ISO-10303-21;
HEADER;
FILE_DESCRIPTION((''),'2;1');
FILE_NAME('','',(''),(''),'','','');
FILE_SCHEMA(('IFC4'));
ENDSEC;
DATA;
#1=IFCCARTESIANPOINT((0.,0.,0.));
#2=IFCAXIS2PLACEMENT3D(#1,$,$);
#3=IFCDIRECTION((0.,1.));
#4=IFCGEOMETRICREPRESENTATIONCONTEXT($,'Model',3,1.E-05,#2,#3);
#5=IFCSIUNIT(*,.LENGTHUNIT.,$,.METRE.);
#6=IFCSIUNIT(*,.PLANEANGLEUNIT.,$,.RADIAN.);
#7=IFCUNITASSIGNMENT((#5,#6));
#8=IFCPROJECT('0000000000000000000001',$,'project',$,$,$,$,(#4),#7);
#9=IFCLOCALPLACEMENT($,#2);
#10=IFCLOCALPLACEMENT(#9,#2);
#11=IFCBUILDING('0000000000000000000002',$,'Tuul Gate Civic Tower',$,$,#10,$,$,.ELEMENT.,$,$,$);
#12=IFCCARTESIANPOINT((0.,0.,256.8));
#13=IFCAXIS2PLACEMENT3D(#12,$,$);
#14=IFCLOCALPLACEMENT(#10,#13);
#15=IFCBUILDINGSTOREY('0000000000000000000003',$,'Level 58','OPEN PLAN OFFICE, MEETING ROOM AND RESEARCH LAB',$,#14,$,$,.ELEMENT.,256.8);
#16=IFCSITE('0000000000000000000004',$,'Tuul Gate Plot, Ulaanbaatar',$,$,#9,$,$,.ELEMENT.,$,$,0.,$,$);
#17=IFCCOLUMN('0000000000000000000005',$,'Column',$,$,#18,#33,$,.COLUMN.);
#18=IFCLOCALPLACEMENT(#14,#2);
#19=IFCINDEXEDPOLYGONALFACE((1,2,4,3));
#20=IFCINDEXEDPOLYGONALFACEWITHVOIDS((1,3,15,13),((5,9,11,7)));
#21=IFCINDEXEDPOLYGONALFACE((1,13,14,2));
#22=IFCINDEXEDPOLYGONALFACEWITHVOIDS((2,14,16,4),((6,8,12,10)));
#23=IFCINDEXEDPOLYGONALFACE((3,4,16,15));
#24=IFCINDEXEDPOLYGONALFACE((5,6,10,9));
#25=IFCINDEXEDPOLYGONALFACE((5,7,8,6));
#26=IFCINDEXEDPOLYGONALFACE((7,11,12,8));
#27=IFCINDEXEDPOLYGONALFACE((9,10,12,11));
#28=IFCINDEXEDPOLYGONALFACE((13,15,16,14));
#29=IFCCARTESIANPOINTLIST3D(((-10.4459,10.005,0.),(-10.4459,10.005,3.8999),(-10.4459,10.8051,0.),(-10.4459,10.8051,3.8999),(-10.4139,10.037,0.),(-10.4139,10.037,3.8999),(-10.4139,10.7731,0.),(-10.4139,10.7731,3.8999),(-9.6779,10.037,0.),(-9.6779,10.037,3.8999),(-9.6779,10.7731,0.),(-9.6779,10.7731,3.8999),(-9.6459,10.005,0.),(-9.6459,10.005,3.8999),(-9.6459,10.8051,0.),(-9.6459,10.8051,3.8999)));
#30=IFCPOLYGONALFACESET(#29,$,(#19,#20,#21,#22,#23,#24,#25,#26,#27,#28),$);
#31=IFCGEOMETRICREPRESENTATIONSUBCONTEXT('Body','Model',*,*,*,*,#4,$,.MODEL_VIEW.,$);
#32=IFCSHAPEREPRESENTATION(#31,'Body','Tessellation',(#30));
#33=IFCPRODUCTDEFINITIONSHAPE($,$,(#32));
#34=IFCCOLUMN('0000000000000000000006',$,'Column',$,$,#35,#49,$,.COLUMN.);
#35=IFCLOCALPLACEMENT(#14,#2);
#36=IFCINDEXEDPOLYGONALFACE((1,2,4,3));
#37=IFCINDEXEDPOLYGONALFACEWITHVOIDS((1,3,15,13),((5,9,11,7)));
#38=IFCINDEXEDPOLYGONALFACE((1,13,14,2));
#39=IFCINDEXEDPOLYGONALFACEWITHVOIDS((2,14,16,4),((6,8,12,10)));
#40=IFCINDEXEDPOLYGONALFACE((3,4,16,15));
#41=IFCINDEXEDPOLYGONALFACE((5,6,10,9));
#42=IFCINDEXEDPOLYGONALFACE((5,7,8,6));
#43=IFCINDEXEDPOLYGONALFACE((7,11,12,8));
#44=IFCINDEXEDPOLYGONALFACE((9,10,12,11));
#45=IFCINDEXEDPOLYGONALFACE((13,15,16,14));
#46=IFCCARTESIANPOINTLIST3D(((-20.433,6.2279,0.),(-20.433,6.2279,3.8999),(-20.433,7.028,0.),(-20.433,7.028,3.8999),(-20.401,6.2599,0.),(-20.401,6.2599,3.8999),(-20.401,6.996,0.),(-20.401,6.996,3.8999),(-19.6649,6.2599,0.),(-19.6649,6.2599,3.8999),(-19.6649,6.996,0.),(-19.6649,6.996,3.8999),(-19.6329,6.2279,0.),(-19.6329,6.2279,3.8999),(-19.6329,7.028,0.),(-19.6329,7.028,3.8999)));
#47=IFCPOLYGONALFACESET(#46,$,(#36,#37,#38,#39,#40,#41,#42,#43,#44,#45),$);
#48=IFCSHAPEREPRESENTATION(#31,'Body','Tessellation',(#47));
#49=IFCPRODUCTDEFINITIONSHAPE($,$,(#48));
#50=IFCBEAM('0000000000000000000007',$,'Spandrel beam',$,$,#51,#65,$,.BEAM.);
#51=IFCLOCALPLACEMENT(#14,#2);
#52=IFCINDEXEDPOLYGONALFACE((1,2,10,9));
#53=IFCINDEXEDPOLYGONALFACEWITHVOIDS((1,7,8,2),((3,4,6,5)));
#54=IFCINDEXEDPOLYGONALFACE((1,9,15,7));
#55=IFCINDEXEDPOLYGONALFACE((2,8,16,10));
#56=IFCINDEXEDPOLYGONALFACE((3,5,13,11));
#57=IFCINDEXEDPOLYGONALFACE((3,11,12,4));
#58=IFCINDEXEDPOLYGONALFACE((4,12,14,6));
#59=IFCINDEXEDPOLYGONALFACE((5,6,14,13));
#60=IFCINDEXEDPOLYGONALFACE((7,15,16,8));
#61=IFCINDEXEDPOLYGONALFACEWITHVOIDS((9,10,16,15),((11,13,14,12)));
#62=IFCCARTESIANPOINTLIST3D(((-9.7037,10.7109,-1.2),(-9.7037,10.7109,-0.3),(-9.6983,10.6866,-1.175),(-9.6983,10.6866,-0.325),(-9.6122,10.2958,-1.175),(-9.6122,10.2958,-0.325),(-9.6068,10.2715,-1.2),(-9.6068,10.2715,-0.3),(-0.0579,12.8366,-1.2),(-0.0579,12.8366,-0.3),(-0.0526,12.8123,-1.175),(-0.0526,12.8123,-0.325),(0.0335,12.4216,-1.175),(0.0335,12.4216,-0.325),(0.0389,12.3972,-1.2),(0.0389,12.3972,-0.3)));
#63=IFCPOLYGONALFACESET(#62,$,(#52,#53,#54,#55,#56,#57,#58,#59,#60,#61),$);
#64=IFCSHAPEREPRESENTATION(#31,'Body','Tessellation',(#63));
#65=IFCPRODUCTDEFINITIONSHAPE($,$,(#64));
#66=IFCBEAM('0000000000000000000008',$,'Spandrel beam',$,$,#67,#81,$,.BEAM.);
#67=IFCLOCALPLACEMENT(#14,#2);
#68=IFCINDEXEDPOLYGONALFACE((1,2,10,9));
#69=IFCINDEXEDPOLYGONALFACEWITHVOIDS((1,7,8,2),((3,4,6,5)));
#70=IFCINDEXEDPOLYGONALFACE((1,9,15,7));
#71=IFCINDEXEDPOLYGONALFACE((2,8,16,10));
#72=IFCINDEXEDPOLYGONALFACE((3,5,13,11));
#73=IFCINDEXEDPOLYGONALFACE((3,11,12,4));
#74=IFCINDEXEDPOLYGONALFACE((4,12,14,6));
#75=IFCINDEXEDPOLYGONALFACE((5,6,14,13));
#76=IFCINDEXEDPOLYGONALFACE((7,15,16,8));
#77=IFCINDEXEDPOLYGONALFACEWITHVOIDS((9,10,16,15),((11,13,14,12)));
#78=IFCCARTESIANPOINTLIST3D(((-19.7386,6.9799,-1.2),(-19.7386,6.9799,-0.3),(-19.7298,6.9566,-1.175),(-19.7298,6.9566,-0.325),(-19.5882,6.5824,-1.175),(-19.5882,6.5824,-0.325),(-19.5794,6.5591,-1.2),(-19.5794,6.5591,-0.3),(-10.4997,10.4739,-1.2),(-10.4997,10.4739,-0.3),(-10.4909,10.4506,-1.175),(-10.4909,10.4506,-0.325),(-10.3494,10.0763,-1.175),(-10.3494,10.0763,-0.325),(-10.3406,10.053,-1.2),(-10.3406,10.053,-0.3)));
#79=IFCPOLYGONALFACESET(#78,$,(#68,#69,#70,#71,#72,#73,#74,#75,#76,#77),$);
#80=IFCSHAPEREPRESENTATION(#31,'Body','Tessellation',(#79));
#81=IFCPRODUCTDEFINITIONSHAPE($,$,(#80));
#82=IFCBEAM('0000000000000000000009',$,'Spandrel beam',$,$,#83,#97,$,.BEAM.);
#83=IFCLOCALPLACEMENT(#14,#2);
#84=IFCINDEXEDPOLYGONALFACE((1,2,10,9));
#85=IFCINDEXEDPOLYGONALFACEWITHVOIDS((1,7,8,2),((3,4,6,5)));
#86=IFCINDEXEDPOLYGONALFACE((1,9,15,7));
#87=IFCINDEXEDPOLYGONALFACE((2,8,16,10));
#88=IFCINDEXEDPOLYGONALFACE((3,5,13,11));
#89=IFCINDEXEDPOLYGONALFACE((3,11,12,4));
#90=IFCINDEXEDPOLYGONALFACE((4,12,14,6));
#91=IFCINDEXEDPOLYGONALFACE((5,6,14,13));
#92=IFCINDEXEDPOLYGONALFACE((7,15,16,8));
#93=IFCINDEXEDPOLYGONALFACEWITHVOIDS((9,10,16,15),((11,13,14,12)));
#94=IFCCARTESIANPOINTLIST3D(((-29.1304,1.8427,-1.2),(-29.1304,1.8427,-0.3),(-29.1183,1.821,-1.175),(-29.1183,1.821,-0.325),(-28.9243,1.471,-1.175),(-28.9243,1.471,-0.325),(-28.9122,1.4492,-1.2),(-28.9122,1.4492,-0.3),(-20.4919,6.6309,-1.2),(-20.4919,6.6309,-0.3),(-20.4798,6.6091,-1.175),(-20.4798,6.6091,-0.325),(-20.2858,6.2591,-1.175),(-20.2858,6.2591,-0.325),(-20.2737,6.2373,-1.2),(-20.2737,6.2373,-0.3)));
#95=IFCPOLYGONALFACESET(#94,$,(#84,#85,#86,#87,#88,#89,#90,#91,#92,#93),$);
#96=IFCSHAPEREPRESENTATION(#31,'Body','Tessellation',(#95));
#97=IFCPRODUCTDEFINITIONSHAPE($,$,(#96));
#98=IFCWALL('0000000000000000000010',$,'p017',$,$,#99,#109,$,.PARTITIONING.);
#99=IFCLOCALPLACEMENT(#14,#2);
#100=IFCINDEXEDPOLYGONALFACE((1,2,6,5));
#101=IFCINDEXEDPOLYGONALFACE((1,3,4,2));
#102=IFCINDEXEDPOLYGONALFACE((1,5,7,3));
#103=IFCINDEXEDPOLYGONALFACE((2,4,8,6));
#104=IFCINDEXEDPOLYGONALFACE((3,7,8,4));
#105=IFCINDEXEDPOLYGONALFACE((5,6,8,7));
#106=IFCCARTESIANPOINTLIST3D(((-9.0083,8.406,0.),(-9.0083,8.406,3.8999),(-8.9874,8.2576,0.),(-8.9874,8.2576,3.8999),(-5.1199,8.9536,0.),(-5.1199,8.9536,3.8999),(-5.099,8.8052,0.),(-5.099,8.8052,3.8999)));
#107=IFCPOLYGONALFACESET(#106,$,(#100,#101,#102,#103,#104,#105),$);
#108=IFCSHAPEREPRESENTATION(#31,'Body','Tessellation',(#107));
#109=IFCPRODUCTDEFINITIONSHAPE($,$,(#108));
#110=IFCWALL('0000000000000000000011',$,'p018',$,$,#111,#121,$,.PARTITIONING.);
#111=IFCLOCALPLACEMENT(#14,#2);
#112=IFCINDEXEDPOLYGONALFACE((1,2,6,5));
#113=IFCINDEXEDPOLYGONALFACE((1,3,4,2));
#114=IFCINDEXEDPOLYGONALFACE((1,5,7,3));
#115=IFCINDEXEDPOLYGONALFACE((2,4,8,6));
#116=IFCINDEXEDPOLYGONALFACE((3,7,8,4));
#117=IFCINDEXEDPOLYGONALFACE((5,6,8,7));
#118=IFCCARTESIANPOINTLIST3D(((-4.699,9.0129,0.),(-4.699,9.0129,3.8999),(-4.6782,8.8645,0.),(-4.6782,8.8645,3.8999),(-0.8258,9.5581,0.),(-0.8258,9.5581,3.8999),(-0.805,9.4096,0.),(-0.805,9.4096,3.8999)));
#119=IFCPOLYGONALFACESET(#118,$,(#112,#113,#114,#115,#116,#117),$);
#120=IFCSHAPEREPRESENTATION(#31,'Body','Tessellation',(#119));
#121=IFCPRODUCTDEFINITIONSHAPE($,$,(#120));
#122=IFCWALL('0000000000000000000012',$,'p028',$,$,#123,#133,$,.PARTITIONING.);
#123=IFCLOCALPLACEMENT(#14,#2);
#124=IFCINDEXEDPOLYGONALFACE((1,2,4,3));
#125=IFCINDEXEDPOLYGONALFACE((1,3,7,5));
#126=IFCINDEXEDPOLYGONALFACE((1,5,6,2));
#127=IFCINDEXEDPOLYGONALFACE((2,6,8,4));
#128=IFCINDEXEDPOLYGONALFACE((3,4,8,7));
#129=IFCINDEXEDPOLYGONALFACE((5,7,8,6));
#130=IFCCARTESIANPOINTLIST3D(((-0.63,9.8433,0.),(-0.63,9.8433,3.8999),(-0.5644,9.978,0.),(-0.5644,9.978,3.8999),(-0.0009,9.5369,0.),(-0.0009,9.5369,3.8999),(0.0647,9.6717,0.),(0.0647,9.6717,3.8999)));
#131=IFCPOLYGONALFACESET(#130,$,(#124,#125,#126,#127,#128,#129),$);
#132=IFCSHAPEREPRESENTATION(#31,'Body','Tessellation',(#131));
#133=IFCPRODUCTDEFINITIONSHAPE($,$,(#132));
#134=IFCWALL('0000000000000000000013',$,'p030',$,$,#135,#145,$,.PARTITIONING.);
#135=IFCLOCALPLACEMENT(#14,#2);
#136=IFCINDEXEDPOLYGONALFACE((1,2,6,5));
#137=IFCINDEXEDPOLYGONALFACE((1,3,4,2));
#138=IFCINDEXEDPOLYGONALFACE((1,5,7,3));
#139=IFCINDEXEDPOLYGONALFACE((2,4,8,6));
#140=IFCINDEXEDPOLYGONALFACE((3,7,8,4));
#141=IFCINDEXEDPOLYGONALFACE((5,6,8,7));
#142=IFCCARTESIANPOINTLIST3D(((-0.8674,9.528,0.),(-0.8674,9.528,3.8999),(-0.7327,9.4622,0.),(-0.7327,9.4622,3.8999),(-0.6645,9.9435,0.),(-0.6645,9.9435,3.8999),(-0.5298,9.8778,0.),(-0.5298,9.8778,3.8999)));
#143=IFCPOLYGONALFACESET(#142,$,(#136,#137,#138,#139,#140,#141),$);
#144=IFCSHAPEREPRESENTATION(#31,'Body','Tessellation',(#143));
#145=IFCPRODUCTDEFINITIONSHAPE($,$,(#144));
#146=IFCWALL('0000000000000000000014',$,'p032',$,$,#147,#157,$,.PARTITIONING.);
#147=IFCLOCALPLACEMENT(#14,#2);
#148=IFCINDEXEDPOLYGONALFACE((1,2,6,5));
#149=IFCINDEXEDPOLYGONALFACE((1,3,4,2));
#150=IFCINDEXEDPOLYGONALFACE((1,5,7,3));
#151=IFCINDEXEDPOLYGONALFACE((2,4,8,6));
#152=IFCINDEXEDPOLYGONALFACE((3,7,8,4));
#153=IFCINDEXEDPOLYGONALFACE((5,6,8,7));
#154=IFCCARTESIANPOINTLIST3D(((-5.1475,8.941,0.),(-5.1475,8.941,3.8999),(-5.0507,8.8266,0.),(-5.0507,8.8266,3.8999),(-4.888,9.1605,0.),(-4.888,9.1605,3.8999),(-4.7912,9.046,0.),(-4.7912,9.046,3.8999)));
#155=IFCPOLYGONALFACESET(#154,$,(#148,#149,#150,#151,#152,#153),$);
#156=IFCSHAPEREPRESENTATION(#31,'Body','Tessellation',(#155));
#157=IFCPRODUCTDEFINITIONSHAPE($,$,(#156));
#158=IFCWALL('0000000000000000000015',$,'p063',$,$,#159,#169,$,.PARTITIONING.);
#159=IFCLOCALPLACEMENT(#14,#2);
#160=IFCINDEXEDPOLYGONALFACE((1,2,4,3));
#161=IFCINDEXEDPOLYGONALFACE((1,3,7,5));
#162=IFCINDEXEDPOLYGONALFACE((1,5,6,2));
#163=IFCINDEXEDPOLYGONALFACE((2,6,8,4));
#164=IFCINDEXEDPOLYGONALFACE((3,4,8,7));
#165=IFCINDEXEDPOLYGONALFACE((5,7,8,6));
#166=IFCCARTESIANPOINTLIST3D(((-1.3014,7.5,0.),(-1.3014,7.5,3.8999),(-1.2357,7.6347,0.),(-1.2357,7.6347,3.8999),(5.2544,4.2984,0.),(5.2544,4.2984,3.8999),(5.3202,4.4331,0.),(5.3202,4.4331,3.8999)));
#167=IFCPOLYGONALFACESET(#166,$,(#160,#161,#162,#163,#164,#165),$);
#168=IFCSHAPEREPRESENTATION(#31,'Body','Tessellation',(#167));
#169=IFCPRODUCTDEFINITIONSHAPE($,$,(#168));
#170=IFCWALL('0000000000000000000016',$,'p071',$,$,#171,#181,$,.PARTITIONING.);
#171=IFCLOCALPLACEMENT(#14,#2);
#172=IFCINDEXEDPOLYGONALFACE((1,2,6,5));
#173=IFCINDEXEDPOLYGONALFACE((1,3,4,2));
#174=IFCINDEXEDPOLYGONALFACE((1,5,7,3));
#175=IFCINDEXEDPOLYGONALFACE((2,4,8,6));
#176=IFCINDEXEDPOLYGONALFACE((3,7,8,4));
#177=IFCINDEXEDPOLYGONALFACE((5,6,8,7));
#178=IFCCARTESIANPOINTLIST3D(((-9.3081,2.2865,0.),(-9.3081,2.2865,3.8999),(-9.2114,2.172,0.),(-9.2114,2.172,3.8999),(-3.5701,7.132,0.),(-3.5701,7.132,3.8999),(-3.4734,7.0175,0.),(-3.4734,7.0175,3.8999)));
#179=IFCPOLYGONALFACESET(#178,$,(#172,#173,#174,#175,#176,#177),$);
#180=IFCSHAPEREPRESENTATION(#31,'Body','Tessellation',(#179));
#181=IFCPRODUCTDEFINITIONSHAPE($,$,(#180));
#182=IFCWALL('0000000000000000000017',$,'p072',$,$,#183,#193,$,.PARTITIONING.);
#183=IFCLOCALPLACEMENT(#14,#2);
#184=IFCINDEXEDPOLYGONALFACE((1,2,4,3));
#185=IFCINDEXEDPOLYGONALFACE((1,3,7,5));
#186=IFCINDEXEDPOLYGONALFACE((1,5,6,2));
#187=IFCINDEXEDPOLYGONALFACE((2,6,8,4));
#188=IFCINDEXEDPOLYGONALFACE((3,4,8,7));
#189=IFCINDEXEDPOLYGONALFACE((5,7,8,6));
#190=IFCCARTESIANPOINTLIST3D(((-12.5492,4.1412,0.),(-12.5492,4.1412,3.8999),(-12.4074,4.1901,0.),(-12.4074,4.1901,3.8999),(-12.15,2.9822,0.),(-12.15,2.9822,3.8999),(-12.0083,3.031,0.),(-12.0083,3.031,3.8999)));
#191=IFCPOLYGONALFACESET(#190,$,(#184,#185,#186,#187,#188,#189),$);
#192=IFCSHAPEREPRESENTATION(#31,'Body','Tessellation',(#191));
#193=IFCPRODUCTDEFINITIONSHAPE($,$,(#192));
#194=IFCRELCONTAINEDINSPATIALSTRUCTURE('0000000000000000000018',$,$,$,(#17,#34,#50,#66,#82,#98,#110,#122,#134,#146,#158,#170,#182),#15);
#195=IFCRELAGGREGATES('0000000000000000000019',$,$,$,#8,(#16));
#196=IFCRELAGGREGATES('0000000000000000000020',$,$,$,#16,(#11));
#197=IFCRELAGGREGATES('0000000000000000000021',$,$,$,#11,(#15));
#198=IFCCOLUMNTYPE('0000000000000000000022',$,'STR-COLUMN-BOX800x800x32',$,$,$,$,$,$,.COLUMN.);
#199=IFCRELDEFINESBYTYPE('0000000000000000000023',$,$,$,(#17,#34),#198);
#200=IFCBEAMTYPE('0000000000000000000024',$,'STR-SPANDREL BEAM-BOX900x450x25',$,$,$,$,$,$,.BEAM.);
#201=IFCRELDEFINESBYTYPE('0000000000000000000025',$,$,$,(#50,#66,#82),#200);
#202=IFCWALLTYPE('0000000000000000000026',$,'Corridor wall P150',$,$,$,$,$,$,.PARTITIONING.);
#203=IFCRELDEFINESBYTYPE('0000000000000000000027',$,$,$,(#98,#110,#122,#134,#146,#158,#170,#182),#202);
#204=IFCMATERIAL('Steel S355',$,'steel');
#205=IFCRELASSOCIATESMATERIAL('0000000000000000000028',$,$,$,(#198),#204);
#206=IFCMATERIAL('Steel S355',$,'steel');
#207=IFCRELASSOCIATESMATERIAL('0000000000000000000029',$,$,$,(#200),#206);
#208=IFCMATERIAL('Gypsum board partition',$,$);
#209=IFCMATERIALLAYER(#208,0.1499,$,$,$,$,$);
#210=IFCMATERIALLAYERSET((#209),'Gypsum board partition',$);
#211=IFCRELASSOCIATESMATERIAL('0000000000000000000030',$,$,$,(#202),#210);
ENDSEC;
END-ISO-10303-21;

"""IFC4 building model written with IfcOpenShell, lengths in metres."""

from ifc_helpers import new_model, si_unit, direction, frame, frame_2d, origin, origin_2d, place, context, subcontext, project, spatial, rectangle, hollow_rectangle, extrude, material, layer, layer_set, material_profile, profile_set, type_object, element, save


model = new_model("IFC4")

# Units and contexts
model_context = context("Model", 3, precision=1e-05, world=origin(), true_north=direction((0.0, 1.0)))
body_context = subcontext(model_context, "Body", "Model", "MODEL_VIEW")
ifc_project = project(units=[si_unit("LENGTHUNIT", "METRE"), si_unit("PLANEANGLEUNIT", "RADIAN")], contexts=[model_context])

# Site, building, storey
site_placement = place(None, origin())
site = spatial("IfcSite", under=ifc_project, at=site_placement, Name="Tuul Gate Plot, Ulaanbaatar", CompositionType="ELEMENT", RefElevation=0.0)
building_placement = place(site_placement, origin())
building = spatial("IfcBuilding", under=site, at=building_placement, Name="Tuul Gate Civic Tower", CompositionType="ELEMENT")
storey_placement = place(building_placement, frame((0.0, 0.0, 256.8)))
storey = spatial("IfcBuildingStorey", under=building, at=storey_placement, Name="Level 58", Description="OPEN PLAN OFFICE, MEETING ROOM AND RESEARCH LAB", CompositionType="ELEMENT", Elevation=256.8)

# Columns
ifc_material_1 = material(Name="Steel S355", Category="steel")
ifc_material_profile_1 = material_profile(ifc_material_1, hollow_rectangle(XDim=0.8, YDim=0.8, WallThickness=0.032, at=origin_2d()), Name="BOX800x800x32")
ifc_profile_set_1 = profile_set([ifc_material_profile_1], Name="Steel S355")
column_type = type_object("IfcColumnType", Name="STR-COLUMN-BOX800x800x32", PredefinedType="COLUMN", material=ifc_profile_set_1)
for number, where, z_axis, x_axis, name in (
    (1, (-10.0459, 10.405, 0.0), (0.0, 0.0, 1.0), (1.0, 0.0, 0.0), "Column"),
    (2, (-20.033, 6.6279, 0.0), (0.0, 0.0, 1.0), (1.0, 0.0, 0.0), "Column"),
):
    element("IfcColumn", number, at=place(storey_placement, frame(where, z_axis=z_axis, x_axis=x_axis)), inside=storey, type_object=column_type, Name=name, PredefinedType="COLUMN", context=body_context, shape_type="SweptSolid", body=[
        extrude(hollow_rectangle(XDim=0.8, YDim=0.8, WallThickness=0.032, at=origin_2d()), origin(), (0.0, 0.0, 1.0), 3.8999),
    ])

# Beams
ifc_material_2 = material(Name="Steel S355", Category="steel")
ifc_material_profile_2 = material_profile(ifc_material_2, hollow_rectangle(XDim=0.45, YDim=0.8999, WallThickness=0.0249, at=origin_2d()), Name="BOX900x450x25")
ifc_profile_set_2 = profile_set([ifc_material_profile_2], Name="Steel S355")
beam_type = type_object("IfcBeamType", Name="STR-SPANDREL BEAM-BOX900x450x25", PredefinedType="BEAM", material=ifc_profile_set_2)
beam_1_placement = place(storey_placement, frame((-0.0095, 12.6169, -0.75), z_axis=(-0.976566, -0.215216, 0.0), x_axis=(0.215216, -0.976566, 0.0)))
element("IfcBeam", 3, at=beam_1_placement, inside=storey, type_object=beam_type, Name="Spandrel beam", PredefinedType="BEAM", context=body_context, shape_type="SweptSolid", body=[
    extrude(hollow_rectangle(XDim=0.45, YDim=0.8999, WallThickness=0.0249, at=origin_2d()), origin(), (0.0, 0.0, 1.0), 9.8772),
])
beam_2_placement = place(storey_placement, frame((-10.4202, 10.2634, -0.75), z_axis=(-0.935348, -0.353728, 0.0), x_axis=(0.353728, -0.935348, 0.0)))
element("IfcBeam", 4, at=beam_2_placement, inside=storey, type_object=beam_type, Name="Spandrel beam", PredefinedType="BEAM", context=body_context, shape_type="SweptSolid", body=[
    extrude(hollow_rectangle(XDim=0.45, YDim=0.8999, WallThickness=0.0249, at=origin_2d()), origin(), (0.0, 0.0, 1.0), 9.8774),
])
beam_3_placement = place(storey_placement, frame((-20.3828, 6.4341, -0.75), z_axis=(-0.874631, -0.484788, 0.0), x_axis=(0.484788, -0.874631, 0.0)))
element("IfcBeam", 5, at=beam_3_placement, inside=storey, type_object=beam_type, Name="Spandrel beam", PredefinedType="BEAM", context=body_context, shape_type="SweptSolid", body=[
    extrude(hollow_rectangle(XDim=0.45, YDim=0.8999, WallThickness=0.0249, at=origin_2d()), origin(), (0.0, 0.0, 1.0), 9.8767),
])

# Walls
ifc_material_3 = material(Name="Gypsum board partition")
ifc_layer_1 = layer(ifc_material_3, 0.1499)
ifc_layer_set_1 = layer_set([ifc_layer_1], Name="Gypsum board partition")
wall_type_1 = type_object("IfcWallType", Name="Corridor wall P150", PredefinedType="PARTITIONING", material=ifc_layer_set_1)
wall_1_placement = place(storey_placement, frame((-8.9978, 8.3318, 0.0), z_axis=(0.0, 0.0, 1.0), x_axis=(0.990229, 0.139454, 0.0)))
element("IfcWall", 6, at=wall_1_placement, inside=storey, type_object=wall_type_1, Name="p017", PredefinedType="PARTITIONING", context=body_context, shape_type="SweptSolid", body=[
    extrude(rectangle(XDim=3.9268, YDim=0.1499, at=frame_2d((1.9634, 0.0))), origin(), (0.0, 0.0, 1.0), 3.8999),
])
wall_2_placement = place(storey_placement, frame((-4.6885, 8.9387, 0.0), z_axis=(0.0, 0.0, 1.0), x_axis=(0.990239, 0.139376, 0.0)))
element("IfcWall", 7, at=wall_2_placement, inside=storey, type_object=wall_type_1, Name="p018", PredefinedType="PARTITIONING", context=body_context, shape_type="SweptSolid", body=[
    extrude(rectangle(XDim=3.9114, YDim=0.1499, at=frame_2d((1.9556, 0.0))), origin(), (0.0, 0.0, 1.0), 3.8999),
])
wall_3_placement = place(storey_placement, frame((-0.5972, 9.9106, 0.0), z_axis=(0.0, 0.0, 1.0), x_axis=(0.899053, -0.437839, 0.0)))
element("IfcWall", 8, at=wall_3_placement, inside=storey, type_object=wall_type_1, Name="p028", PredefinedType="PARTITIONING", context=body_context, shape_type="SweptSolid", body=[
    extrude(rectangle(XDim=0.6997, YDim=0.1499, at=frame_2d((0.3499, 0.0))), origin(), (0.0, 0.0, 1.0), 3.8999),
])
wall_4_placement = place(storey_placement, frame((-0.8, 9.4951, 0.0), z_axis=(0.0, 0.0, 1.0), x_axis=(0.438746, 0.898611, 0.0)))
element("IfcWall", 9, at=wall_4_placement, inside=storey, type_object=wall_type_1, Name="p030", PredefinedType="PARTITIONING", context=body_context, shape_type="SweptSolid", body=[
    extrude(rectangle(XDim=0.4624, YDim=0.1499, at=frame_2d((0.2312, 0.0))), origin(), (0.0, 0.0, 1.0), 3.8999),
])
wall_5_placement = place(storey_placement, frame((-5.0991, 8.8838, 0.0), z_axis=(0.0, 0.0, 1.0), x_axis=(0.76355, 0.645749, 0.0)))
element("IfcWall", 10, at=wall_5_placement, inside=storey, type_object=wall_type_1, Name="p032", PredefinedType="PARTITIONING", context=body_context, shape_type="SweptSolid", body=[
    extrude(rectangle(XDim=0.3398, YDim=0.1499, at=frame_2d((0.1699, 0.0))), origin(), (0.0, 0.0, 1.0), 3.8999),
])
wall_6_placement = place(storey_placement, frame((-1.2686, 7.5674, 0.0), z_axis=(0.0, 0.0, 1.0), x_axis=(0.898571, -0.438828, 0.0)))
element("IfcWall", 11, at=wall_6_placement, inside=storey, type_object=wall_type_1, Name="p063", PredefinedType="PARTITIONING", context=body_context, shape_type="SweptSolid", body=[
    extrude(rectangle(XDim=7.2959, YDim=0.1499, at=frame_2d((3.6479, 0.0))), origin(), (0.0, 0.0, 1.0), 3.8999),
])
wall_7_placement = place(storey_placement, frame((-9.2598, 2.2292, 0.0), z_axis=(0.0, 0.0, 1.0), x_axis=(0.76403, 0.645181, 0.0)))
element("IfcWall", 12, at=wall_7_placement, inside=storey, type_object=wall_type_1, Name="p071", PredefinedType="PARTITIONING", context=body_context, shape_type="SweptSolid", body=[
    extrude(rectangle(XDim=7.5103, YDim=0.1499, at=frame_2d((3.7551, 0.0))), origin(), (0.0, 0.0, 1.0), 3.8999),
])
wall_8_placement = place(storey_placement, frame((-12.4783, 4.1655, 0.0), z_axis=(0.0, 0.0, 1.0), x_axis=(0.325653, -0.945489, 0.0)))
element("IfcWall", 13, at=wall_8_placement, inside=storey, type_object=wall_type_1, Name="p072", PredefinedType="PARTITIONING", context=body_context, shape_type="SweptSolid", body=[
    extrude(rectangle(XDim=1.2258, YDim=0.1499, at=frame_2d((0.6128, 0.0))), origin(), (0.0, 0.0, 1.0), 3.8999),
])

save(model, "model.ifc")
